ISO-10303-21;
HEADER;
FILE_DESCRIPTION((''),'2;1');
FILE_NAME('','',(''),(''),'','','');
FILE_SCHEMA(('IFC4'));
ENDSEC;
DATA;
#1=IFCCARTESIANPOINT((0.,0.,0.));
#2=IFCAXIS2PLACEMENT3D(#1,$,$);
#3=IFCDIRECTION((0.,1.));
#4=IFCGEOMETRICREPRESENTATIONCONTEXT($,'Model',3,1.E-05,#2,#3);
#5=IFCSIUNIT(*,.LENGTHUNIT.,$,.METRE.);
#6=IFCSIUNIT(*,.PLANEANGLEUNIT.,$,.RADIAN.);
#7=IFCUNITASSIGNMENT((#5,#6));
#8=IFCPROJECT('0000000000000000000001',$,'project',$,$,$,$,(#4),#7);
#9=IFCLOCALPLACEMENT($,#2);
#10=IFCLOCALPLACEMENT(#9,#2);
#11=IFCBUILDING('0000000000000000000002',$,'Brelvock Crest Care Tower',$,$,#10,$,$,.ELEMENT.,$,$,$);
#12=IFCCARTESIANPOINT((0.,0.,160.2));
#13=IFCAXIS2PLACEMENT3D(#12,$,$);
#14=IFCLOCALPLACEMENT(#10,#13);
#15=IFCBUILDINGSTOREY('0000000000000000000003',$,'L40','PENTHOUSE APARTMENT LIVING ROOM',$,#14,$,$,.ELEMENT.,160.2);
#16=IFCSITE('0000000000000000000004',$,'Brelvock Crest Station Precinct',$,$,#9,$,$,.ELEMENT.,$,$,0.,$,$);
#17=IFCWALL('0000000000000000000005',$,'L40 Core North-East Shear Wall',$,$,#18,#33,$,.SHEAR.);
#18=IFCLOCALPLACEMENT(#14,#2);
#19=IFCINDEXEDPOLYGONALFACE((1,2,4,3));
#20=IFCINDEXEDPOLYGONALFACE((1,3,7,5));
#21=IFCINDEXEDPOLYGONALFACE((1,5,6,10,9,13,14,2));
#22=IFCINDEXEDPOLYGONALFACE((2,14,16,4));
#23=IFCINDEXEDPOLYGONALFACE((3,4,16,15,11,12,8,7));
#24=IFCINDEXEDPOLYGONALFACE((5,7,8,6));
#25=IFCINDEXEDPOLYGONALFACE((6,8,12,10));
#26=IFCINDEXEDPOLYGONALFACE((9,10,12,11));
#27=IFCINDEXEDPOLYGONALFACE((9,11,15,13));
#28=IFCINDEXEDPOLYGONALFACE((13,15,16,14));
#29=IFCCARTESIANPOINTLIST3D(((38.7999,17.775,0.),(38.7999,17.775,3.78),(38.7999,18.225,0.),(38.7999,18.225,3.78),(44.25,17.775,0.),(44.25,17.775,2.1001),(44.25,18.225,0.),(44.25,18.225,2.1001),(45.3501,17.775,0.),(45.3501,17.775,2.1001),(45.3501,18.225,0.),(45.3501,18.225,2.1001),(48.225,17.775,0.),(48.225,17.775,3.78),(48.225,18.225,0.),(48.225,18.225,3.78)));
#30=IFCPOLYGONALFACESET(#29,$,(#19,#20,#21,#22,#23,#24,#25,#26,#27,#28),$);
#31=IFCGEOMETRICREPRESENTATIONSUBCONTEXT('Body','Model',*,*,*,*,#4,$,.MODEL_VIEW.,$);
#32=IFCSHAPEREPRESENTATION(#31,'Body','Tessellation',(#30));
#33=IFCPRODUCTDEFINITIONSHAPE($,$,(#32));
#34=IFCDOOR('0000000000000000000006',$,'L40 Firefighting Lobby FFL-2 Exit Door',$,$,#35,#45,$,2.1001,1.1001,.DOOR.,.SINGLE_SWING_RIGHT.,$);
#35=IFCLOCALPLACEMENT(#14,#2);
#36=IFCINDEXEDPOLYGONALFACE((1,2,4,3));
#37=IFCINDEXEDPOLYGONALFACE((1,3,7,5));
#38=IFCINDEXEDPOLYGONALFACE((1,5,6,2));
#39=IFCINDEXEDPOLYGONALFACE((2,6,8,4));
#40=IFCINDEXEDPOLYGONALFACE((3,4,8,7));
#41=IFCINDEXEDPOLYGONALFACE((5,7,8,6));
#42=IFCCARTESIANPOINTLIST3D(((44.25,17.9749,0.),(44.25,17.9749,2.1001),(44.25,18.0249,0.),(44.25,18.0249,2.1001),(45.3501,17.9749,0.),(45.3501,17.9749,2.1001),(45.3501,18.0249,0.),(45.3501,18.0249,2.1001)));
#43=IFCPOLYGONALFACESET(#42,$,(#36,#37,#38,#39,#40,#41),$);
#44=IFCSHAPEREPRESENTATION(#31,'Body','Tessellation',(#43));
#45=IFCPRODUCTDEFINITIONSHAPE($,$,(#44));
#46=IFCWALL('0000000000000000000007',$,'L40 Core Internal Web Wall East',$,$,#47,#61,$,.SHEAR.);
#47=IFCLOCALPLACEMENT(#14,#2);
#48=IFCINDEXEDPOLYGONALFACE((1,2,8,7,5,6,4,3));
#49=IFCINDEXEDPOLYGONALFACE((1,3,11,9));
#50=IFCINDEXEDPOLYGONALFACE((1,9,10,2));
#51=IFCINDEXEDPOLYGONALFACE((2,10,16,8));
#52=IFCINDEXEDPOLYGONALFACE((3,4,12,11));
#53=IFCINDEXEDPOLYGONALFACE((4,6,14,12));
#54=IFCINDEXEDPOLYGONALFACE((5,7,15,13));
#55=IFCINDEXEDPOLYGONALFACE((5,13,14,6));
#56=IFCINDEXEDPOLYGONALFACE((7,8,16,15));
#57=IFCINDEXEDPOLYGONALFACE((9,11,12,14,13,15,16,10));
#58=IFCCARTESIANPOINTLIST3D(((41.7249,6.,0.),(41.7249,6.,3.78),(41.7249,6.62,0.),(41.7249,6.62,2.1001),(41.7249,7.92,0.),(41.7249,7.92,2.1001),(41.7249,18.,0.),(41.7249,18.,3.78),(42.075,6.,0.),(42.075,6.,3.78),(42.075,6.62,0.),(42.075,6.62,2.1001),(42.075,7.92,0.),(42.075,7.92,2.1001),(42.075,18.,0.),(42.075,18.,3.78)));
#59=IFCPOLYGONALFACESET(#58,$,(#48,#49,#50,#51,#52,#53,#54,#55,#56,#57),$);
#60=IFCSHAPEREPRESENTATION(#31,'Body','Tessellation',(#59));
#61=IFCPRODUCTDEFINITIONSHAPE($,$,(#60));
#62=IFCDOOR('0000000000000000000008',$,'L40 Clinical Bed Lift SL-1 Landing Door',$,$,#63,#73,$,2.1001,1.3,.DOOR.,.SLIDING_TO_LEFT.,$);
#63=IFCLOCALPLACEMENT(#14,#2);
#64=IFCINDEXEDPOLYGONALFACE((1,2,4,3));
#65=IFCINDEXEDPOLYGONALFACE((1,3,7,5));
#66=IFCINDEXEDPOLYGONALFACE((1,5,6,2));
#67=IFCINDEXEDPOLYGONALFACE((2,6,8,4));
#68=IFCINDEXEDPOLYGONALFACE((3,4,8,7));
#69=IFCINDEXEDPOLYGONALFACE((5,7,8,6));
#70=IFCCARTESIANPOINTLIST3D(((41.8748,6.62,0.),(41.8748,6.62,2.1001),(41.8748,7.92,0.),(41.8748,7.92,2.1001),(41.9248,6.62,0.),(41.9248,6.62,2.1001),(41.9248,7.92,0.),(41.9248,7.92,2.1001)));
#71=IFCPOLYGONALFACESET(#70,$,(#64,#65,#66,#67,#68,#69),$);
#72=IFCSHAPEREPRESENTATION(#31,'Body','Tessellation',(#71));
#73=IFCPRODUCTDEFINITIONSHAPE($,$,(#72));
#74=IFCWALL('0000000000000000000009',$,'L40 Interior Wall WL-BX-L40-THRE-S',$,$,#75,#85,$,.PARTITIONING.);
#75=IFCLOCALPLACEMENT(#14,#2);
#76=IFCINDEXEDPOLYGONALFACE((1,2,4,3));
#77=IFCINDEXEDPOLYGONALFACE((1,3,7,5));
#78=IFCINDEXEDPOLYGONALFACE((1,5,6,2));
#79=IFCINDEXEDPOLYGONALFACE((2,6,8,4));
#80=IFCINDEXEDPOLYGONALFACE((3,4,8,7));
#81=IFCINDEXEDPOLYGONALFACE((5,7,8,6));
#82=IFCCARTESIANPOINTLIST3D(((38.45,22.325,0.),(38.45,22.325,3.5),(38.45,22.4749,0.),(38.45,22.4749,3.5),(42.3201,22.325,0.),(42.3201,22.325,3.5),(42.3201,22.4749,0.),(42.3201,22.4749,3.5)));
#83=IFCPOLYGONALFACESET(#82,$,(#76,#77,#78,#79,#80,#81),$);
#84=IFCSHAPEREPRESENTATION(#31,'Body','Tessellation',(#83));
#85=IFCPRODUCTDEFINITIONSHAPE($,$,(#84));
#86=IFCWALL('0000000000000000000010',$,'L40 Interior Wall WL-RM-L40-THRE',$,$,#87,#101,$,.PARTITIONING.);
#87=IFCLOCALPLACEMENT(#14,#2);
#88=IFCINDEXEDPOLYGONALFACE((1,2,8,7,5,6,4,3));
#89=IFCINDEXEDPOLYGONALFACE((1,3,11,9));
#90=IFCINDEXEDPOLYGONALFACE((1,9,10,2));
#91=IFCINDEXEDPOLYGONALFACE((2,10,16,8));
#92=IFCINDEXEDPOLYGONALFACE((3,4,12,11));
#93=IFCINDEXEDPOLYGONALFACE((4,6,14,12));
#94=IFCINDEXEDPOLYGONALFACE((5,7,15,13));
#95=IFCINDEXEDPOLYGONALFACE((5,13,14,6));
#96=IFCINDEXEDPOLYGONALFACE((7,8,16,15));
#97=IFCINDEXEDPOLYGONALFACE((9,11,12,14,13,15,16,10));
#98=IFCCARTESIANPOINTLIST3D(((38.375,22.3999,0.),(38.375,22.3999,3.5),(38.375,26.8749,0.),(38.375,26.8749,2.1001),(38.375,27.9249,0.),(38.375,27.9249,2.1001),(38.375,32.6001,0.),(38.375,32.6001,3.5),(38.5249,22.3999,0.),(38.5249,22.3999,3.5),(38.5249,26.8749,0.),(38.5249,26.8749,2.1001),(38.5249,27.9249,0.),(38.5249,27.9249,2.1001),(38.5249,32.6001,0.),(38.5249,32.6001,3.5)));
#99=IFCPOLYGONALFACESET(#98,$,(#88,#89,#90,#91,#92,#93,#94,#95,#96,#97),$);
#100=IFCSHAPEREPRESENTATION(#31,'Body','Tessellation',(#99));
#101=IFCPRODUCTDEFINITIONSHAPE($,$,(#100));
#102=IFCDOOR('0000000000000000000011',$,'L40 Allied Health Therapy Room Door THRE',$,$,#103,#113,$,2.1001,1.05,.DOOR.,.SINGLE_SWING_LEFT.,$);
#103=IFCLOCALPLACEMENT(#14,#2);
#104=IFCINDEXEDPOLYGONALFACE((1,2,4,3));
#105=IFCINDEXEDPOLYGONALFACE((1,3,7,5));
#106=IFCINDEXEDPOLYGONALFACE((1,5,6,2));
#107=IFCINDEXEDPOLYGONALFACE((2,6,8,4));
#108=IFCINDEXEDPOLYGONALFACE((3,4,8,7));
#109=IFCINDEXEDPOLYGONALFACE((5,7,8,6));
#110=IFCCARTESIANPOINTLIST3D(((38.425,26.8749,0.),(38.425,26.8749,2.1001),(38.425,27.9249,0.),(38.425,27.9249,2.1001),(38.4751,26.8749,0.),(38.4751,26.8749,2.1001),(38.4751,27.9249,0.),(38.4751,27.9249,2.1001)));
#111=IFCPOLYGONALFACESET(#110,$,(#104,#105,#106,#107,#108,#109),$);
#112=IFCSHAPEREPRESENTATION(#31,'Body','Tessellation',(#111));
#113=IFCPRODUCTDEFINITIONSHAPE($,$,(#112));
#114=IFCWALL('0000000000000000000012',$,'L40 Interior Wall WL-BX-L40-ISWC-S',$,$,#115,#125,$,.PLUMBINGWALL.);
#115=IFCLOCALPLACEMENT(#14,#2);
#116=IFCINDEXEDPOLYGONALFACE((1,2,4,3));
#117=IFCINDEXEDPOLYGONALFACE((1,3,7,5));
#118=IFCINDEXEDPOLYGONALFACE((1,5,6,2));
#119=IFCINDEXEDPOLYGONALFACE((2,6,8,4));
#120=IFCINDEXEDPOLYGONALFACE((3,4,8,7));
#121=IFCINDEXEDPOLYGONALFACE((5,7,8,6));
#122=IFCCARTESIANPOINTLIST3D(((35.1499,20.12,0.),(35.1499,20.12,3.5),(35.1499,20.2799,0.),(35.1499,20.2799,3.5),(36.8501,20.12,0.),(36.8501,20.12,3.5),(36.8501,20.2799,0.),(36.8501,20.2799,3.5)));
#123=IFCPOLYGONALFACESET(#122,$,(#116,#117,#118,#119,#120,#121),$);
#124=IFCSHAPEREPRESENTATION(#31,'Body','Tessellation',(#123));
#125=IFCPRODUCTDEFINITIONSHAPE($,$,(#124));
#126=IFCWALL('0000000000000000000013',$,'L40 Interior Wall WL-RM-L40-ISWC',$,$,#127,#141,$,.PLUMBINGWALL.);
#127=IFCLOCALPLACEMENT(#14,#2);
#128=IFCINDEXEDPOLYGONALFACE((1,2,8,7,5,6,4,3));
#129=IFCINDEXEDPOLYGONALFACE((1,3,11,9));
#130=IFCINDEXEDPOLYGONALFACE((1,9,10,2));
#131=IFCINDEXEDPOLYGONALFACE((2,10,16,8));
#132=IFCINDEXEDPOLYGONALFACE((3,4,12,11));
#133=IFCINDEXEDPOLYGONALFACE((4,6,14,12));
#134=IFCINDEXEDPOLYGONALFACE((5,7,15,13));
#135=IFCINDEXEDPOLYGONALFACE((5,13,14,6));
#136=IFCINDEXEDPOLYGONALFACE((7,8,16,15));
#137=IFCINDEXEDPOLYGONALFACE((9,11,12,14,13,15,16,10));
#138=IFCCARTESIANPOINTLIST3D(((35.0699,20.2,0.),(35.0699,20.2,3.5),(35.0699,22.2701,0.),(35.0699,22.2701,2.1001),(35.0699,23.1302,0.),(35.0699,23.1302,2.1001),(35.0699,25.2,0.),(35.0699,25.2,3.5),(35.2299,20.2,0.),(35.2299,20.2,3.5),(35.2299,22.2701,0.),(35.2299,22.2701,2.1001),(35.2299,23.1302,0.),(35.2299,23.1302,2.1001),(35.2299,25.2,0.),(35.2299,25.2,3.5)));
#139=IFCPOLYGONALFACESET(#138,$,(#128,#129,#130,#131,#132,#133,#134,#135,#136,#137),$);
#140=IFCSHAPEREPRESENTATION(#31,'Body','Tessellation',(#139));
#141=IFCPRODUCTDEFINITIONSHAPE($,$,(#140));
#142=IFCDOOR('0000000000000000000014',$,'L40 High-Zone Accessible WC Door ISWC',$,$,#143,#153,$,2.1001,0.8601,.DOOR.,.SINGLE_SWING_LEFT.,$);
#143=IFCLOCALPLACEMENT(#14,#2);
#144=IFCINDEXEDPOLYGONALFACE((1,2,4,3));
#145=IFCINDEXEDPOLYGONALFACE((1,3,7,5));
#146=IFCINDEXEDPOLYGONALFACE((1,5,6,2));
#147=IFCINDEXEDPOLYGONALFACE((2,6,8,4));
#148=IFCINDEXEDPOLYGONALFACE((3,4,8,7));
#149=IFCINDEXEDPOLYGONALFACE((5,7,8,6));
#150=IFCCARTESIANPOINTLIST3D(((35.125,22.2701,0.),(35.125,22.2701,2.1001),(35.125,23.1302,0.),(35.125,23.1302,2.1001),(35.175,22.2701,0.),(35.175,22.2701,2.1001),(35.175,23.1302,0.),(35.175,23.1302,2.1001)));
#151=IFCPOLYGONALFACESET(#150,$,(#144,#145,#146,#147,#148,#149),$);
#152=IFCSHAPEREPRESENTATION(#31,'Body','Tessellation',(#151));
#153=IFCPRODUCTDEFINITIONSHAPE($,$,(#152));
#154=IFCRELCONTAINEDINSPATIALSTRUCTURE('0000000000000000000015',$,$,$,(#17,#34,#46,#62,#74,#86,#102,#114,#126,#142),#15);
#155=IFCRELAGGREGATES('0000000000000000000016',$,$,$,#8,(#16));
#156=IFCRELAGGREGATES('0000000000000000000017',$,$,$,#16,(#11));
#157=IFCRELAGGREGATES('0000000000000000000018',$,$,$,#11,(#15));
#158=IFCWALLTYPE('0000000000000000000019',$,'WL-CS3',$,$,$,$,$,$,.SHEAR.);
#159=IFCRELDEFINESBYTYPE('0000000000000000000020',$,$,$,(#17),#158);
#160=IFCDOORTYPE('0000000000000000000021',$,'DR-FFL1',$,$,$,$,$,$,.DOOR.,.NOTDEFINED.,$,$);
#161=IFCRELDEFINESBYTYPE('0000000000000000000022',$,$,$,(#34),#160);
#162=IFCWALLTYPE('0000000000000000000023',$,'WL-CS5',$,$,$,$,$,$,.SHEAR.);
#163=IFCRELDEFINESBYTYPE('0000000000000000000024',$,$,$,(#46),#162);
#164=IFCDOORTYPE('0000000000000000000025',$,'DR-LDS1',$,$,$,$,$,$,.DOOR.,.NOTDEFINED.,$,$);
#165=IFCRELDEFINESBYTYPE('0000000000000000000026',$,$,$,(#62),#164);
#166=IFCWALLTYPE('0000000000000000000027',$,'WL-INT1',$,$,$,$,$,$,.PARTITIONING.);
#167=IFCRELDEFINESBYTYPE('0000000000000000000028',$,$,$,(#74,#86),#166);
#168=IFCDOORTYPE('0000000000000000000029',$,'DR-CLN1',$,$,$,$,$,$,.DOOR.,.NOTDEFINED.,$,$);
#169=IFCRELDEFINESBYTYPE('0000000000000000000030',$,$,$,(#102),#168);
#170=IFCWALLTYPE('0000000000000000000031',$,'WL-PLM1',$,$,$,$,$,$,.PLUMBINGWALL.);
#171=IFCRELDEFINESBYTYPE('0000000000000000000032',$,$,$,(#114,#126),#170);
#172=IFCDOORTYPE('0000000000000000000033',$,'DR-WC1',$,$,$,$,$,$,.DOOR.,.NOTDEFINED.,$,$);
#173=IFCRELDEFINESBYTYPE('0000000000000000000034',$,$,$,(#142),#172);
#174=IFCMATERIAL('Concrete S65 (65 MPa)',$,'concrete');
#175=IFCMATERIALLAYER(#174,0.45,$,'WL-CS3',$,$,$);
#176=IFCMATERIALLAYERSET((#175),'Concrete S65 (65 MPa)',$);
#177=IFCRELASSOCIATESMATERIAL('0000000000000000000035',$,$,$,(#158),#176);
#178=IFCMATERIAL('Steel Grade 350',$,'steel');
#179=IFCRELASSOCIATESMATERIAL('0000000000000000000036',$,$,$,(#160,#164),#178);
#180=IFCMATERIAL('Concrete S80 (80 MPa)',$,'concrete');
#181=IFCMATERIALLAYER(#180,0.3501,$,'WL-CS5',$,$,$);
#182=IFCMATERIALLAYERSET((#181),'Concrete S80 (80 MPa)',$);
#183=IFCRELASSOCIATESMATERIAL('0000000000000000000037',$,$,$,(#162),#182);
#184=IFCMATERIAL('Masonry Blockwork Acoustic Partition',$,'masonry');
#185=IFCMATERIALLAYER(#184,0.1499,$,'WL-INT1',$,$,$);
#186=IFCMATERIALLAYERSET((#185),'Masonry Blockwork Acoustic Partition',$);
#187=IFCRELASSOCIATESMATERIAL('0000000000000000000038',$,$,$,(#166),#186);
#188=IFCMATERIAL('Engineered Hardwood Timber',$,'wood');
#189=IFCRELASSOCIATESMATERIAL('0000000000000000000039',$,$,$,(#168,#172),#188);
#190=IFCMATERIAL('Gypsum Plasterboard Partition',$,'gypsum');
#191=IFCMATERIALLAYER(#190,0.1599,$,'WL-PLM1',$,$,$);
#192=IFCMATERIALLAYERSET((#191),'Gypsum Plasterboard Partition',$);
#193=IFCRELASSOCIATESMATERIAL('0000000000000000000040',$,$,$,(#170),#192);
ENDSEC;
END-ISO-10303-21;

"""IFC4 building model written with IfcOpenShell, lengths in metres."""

from ifc_helpers import new_model, si_unit, direction, frame, frame_2d, origin, origin_2d, place, context, subcontext, project, spatial, rectangle, extrude, source, transform, mapped, material, layer, layer_set, type_object, element, fill, save


model = new_model("IFC4")

# Units and contexts
model_context = context("Model", 3, precision=1e-05, world=origin(), true_north=direction((0.0, 1.0)))
body_context = subcontext(model_context, "Body", "Model", "MODEL_VIEW")
ifc_project = project(units=[si_unit("LENGTHUNIT", "METRE"), si_unit("PLANEANGLEUNIT", "RADIAN")], contexts=[model_context])

# Site, building, storey
site_placement = place(None, origin())
site = spatial("IfcSite", under=ifc_project, at=site_placement, Name="Brelvock Crest Station Precinct", CompositionType="ELEMENT", RefElevation=0.0)
building_placement = place(site_placement, origin())
building = spatial("IfcBuilding", under=site, at=building_placement, Name="Brelvock Crest Care Tower", CompositionType="ELEMENT")
storey_placement = place(building_placement, frame((0.0, 0.0, 160.2)))
storey = spatial("IfcBuildingStorey", under=building, at=storey_placement, Name="L40", Description="PENTHOUSE APARTMENT LIVING ROOM", CompositionType="ELEMENT", Elevation=160.2)

# Shared definitions
ifc_material_1 = material(Name="Concrete S65 (65 MPa)", Category="concrete")

# Shared definitions
ifc_material_2 = material(Name="Steel Grade 350", Category="steel")

# Walls, openings, doors
ifc_layer_1 = layer(ifc_material_1, 0.45, Name="WL-CS3")
ifc_layer_set_1 = layer_set([ifc_layer_1], Name="Concrete S65 (65 MPa)")
wall_type_1 = type_object("IfcWallType", Name="WL-CS3", PredefinedType="SHEAR", material=ifc_layer_set_1)
wall_1_placement = place(storey_placement, frame((38.8, 18.0, 0.0), z_axis=(0.0, 0.0, 1.0), x_axis=(1.0, 0.0, 0.0)))
wall_1 = element("IfcWall", 1, at=wall_1_placement, inside=storey, type_object=wall_type_1, Name="L40 Core North-East Shear Wall", PredefinedType="SHEAR", context=body_context, shape_type="SweptSolid", body=[
    extrude(rectangle(XDim=9.425, YDim=0.45, at=frame_2d((4.7124, 0.0))), origin(), (0.0, 0.0, 1.0), 3.78),
])
opening_1_placement = place(wall_1_placement, frame((5.45, 0.0, 0.0)))
opening_1 = element("IfcOpeningElement", 2, at=opening_1_placement, cuts=wall_1, PredefinedType="OPENING", context=body_context, shape_type="SweptSolid", body=[
    extrude(rectangle(XDim=1.1001, YDim=2.1001, at=origin_2d()), frame((0.55, 0.2349, 1.05), z_axis=(0.0, -1.0, 0.0), x_axis=(1.0, 0.0, 0.0)), (0.0, 0.0, 1.0), 0.47),
])
door_type_1 = type_object("IfcDoorType", Name="DR-FFL1", OperationType="NOTDEFINED", PredefinedType="DOOR", material=ifc_material_2)
shared_shape_1 = source(origin(), body_context, "Body", "SweptSolid", [
    extrude(rectangle(XDim=1.1001, YDim=2.1001, at=origin_2d()), frame((0.55, 0.0249, 1.05), z_axis=(0.0, -1.0, 0.0), x_axis=(1.0, 0.0, 0.0)), (0.0, 0.0, 1.0), 0.05),
])
door_1_placement = place(opening_1_placement, origin())
door_1 = element("IfcDoor", 3, at=door_1_placement, inside=storey, type_object=door_type_1, Name="L40 Firefighting Lobby FFL-2 Exit Door", OperationType="SINGLE_SWING_RIGHT", OverallHeight=2.1001, OverallWidth=1.1001, PredefinedType="DOOR", context=body_context, shape_type="MappedRepresentation", body=[
    mapped(shared_shape_1, transform((0.0, 0.0, 0.0), x_axis=(1.0, 0.0, 0.0), y_axis=(0.0, 1.0, 0.0), z_axis=(0.0, 0.0, 1.0), scale=1.0)),
])
fill(opening_1, door_1)
ifc_material_3 = material(Name="Concrete S80 (80 MPa)", Category="concrete")
ifc_layer_2 = layer(ifc_material_3, 0.3501, Name="WL-CS5")
ifc_layer_set_2 = layer_set([ifc_layer_2], Name="Concrete S80 (80 MPa)")
wall_type_2 = type_object("IfcWallType", Name="WL-CS5", PredefinedType="SHEAR", material=ifc_layer_set_2)
wall_2_placement = place(storey_placement, frame((41.8999, 18.0, 0.0), z_axis=(0.0, 0.0, 1.0), x_axis=(0.0, -1.0, 0.0)))
wall_2 = element("IfcWall", 4, at=wall_2_placement, inside=storey, type_object=wall_type_2, Name="L40 Core Internal Web Wall East", PredefinedType="SHEAR", context=body_context, shape_type="SweptSolid", body=[
    extrude(rectangle(XDim=12.0, YDim=0.3501, at=frame_2d((6.0, 0.0))), origin(), (0.0, 0.0, 1.0), 3.78),
])
opening_2_placement = place(wall_2_placement, frame((10.0801, 0.0, 0.0)))
opening_2 = element("IfcOpeningElement", 5, at=opening_2_placement, cuts=wall_2, PredefinedType="OPENING", context=body_context, shape_type="SweptSolid", body=[
    extrude(rectangle(XDim=1.3, YDim=2.1001, at=origin_2d()), frame((0.6499, 0.1851, 1.05), z_axis=(0.0, -1.0, 0.0), x_axis=(1.0, 0.0, 0.0)), (0.0, 0.0, 1.0), 0.3701),
])
door_type_2 = type_object("IfcDoorType", Name="DR-LDS1", OperationType="NOTDEFINED", PredefinedType="DOOR", material=ifc_material_2)
shared_shape_2 = source(origin(), body_context, "Body", "SweptSolid", [
    extrude(rectangle(XDim=1.3, YDim=2.1001, at=origin_2d()), frame((0.6499, 0.0249, 1.05), z_axis=(0.0, -1.0, 0.0), x_axis=(1.0, 0.0, 0.0)), (0.0, 0.0, 1.0), 0.05),
])
door_2_placement = place(opening_2_placement, origin())
door_2 = element("IfcDoor", 6, at=door_2_placement, inside=storey, type_object=door_type_2, Name="L40 Clinical Bed Lift SL-1 Landing Door", OperationType="SLIDING_TO_LEFT", OverallHeight=2.1001, OverallWidth=1.3, PredefinedType="DOOR", context=body_context, shape_type="MappedRepresentation", body=[
    mapped(shared_shape_2, transform((0.0, 0.0, 0.0), x_axis=(1.0, 0.0, 0.0), y_axis=(0.0, 1.0, 0.0), z_axis=(0.0, 0.0, 1.0), scale=1.0)),
])
fill(opening_2, door_2)

# Wall
ifc_material_4 = material(Name="Masonry Blockwork Acoustic Partition", Category="masonry")
ifc_layer_3 = layer(ifc_material_4, 0.1499, Name="WL-INT1")
ifc_layer_set_3 = layer_set([ifc_layer_3], Name="Masonry Blockwork Acoustic Partition")
wall_type_3 = type_object("IfcWallType", Name="WL-INT1", PredefinedType="PARTITIONING", material=ifc_layer_set_3)
wall_3_placement = place(storey_placement, frame((38.45, 22.3999, 0.0), z_axis=(0.0, 0.0, 1.0), x_axis=(1.0, 0.0, 0.0)))
element("IfcWall", 7, at=wall_3_placement, inside=storey, type_object=wall_type_3, Name="L40 Interior Wall WL-BX-L40-THRE-S", PredefinedType="PARTITIONING", context=body_context, shape_type="SweptSolid", body=[
    extrude(rectangle(XDim=3.8701, YDim=0.1499, at=frame_2d((1.9351, 0.0))), origin(), (0.0, 0.0, 1.0), 3.5),
])

# Wall, opening, door
wall_4_placement = place(storey_placement, frame((38.45, 22.3999, 0.0), z_axis=(0.0, 0.0, 1.0), x_axis=(0.0, 1.0, 0.0)))
wall_4 = element("IfcWall", 8, at=wall_4_placement, inside=storey, type_object=wall_type_3, Name="L40 Interior Wall WL-RM-L40-THRE", PredefinedType="PARTITIONING", context=body_context, shape_type="SweptSolid", body=[
    extrude(rectangle(XDim=10.2002, YDim=0.1499, at=frame_2d((5.1001, 0.0))), origin(), (0.0, 0.0, 1.0), 3.5),
])
opening_3_placement = place(wall_4_placement, frame((4.4751, 0.0, 0.0)))
opening_3 = element("IfcOpeningElement", 9, at=opening_3_placement, cuts=wall_4, PredefinedType="OPENING", context=body_context, shape_type="SweptSolid", body=[
    extrude(rectangle(XDim=1.05, YDim=2.1001, at=origin_2d()), frame((0.5249, 0.085, 1.05), z_axis=(0.0, -1.0, 0.0), x_axis=(1.0, 0.0, 0.0)), (0.0, 0.0, 1.0), 0.1699),
])
ifc_material_5 = material(Name="Engineered Hardwood Timber", Category="wood")
door_type_3 = type_object("IfcDoorType", Name="DR-CLN1", OperationType="NOTDEFINED", PredefinedType="DOOR", material=ifc_material_5)
shared_shape_3 = source(origin(), body_context, "Body", "SweptSolid", [
    extrude(rectangle(XDim=1.05, YDim=2.1001, at=origin_2d()), frame((0.5249, 0.0249, 1.05), z_axis=(0.0, -1.0, 0.0), x_axis=(1.0, 0.0, 0.0)), (0.0, 0.0, 1.0), 0.05),
])
door_3_placement = place(opening_3_placement, origin())
door_3 = element("IfcDoor", 10, at=door_3_placement, inside=storey, type_object=door_type_3, Name="L40 Allied Health Therapy Room Door THRE", OperationType="SINGLE_SWING_LEFT", OverallHeight=2.1001, OverallWidth=1.05, PredefinedType="DOOR", context=body_context, shape_type="MappedRepresentation", body=[
    mapped(shared_shape_3, transform((0.0, 0.0, 0.0), x_axis=(1.0, 0.0, 0.0), y_axis=(0.0, 1.0, 0.0), z_axis=(0.0, 0.0, 1.0), scale=1.0)),
])
fill(opening_3, door_3)

# Wall
ifc_material_6 = material(Name="Gypsum Plasterboard Partition", Category="gypsum")
ifc_layer_4 = layer(ifc_material_6, 0.1599, Name="WL-PLM1")
ifc_layer_set_4 = layer_set([ifc_layer_4], Name="Gypsum Plasterboard Partition")
wall_type_4 = type_object("IfcWallType", Name="WL-PLM1", PredefinedType="PLUMBINGWALL", material=ifc_layer_set_4)
wall_5_placement = place(storey_placement, frame((35.1499, 20.2, 0.0), z_axis=(0.0, 0.0, 1.0), x_axis=(1.0, 0.0, 0.0)))
element("IfcWall", 11, at=wall_5_placement, inside=storey, type_object=wall_type_4, Name="L40 Interior Wall WL-BX-L40-ISWC-S", PredefinedType="PLUMBINGWALL", context=body_context, shape_type="SweptSolid", body=[
    extrude(rectangle(XDim=1.7002, YDim=0.1599, at=frame_2d((0.8501, 0.0))), origin(), (0.0, 0.0, 1.0), 3.5),
])

# Wall, opening, door
wall_6_placement = place(storey_placement, frame((35.1499, 20.2, 0.0), z_axis=(0.0, 0.0, 1.0), x_axis=(0.0, 1.0, 0.0)))
wall_6 = element("IfcWall", 12, at=wall_6_placement, inside=storey, type_object=wall_type_4, Name="L40 Interior Wall WL-RM-L40-ISWC", PredefinedType="PLUMBINGWALL", context=body_context, shape_type="SweptSolid", body=[
    extrude(rectangle(XDim=5.0, YDim=0.1599, at=frame_2d((2.5, 0.0))), origin(), (0.0, 0.0, 1.0), 3.5),
])
opening_4_placement = place(wall_6_placement, frame((2.0701, 0.0, 0.0)))
opening_4 = element("IfcOpeningElement", 13, at=opening_4_placement, cuts=wall_6, PredefinedType="OPENING", context=body_context, shape_type="SweptSolid", body=[
    extrude(rectangle(XDim=0.8601, YDim=2.1001, at=origin_2d()), frame((0.4302, 0.0898, 1.05), z_axis=(0.0, -1.0, 0.0), x_axis=(1.0, 0.0, 0.0)), (0.0, 0.0, 1.0), 0.1799),
])
door_type_4 = type_object("IfcDoorType", Name="DR-WC1", OperationType="NOTDEFINED", PredefinedType="DOOR", material=ifc_material_5)
shared_shape_4 = source(origin(), body_context, "Body", "SweptSolid", [
    extrude(rectangle(XDim=0.8601, YDim=2.1001, at=origin_2d()), frame((0.4302, 0.0249, 1.05), z_axis=(0.0, -1.0, 0.0), x_axis=(1.0, 0.0, 0.0)), (0.0, 0.0, 1.0), 0.05),
])
door_4_placement = place(opening_4_placement, origin())
door_4 = element("IfcDoor", 14, at=door_4_placement, inside=storey, type_object=door_type_4, Name="L40 High-Zone Accessible WC Door ISWC", OperationType="SINGLE_SWING_LEFT", OverallHeight=2.1001, OverallWidth=0.8601, PredefinedType="DOOR", context=body_context, shape_type="MappedRepresentation", body=[
    mapped(shared_shape_4, transform((0.0, 0.0, 0.0), x_axis=(1.0, 0.0, 0.0), y_axis=(0.0, 1.0, 0.0), z_axis=(0.0, 0.0, 1.0), scale=1.0)),
])
fill(opening_4, door_4)

save(model, "model.ifc")
